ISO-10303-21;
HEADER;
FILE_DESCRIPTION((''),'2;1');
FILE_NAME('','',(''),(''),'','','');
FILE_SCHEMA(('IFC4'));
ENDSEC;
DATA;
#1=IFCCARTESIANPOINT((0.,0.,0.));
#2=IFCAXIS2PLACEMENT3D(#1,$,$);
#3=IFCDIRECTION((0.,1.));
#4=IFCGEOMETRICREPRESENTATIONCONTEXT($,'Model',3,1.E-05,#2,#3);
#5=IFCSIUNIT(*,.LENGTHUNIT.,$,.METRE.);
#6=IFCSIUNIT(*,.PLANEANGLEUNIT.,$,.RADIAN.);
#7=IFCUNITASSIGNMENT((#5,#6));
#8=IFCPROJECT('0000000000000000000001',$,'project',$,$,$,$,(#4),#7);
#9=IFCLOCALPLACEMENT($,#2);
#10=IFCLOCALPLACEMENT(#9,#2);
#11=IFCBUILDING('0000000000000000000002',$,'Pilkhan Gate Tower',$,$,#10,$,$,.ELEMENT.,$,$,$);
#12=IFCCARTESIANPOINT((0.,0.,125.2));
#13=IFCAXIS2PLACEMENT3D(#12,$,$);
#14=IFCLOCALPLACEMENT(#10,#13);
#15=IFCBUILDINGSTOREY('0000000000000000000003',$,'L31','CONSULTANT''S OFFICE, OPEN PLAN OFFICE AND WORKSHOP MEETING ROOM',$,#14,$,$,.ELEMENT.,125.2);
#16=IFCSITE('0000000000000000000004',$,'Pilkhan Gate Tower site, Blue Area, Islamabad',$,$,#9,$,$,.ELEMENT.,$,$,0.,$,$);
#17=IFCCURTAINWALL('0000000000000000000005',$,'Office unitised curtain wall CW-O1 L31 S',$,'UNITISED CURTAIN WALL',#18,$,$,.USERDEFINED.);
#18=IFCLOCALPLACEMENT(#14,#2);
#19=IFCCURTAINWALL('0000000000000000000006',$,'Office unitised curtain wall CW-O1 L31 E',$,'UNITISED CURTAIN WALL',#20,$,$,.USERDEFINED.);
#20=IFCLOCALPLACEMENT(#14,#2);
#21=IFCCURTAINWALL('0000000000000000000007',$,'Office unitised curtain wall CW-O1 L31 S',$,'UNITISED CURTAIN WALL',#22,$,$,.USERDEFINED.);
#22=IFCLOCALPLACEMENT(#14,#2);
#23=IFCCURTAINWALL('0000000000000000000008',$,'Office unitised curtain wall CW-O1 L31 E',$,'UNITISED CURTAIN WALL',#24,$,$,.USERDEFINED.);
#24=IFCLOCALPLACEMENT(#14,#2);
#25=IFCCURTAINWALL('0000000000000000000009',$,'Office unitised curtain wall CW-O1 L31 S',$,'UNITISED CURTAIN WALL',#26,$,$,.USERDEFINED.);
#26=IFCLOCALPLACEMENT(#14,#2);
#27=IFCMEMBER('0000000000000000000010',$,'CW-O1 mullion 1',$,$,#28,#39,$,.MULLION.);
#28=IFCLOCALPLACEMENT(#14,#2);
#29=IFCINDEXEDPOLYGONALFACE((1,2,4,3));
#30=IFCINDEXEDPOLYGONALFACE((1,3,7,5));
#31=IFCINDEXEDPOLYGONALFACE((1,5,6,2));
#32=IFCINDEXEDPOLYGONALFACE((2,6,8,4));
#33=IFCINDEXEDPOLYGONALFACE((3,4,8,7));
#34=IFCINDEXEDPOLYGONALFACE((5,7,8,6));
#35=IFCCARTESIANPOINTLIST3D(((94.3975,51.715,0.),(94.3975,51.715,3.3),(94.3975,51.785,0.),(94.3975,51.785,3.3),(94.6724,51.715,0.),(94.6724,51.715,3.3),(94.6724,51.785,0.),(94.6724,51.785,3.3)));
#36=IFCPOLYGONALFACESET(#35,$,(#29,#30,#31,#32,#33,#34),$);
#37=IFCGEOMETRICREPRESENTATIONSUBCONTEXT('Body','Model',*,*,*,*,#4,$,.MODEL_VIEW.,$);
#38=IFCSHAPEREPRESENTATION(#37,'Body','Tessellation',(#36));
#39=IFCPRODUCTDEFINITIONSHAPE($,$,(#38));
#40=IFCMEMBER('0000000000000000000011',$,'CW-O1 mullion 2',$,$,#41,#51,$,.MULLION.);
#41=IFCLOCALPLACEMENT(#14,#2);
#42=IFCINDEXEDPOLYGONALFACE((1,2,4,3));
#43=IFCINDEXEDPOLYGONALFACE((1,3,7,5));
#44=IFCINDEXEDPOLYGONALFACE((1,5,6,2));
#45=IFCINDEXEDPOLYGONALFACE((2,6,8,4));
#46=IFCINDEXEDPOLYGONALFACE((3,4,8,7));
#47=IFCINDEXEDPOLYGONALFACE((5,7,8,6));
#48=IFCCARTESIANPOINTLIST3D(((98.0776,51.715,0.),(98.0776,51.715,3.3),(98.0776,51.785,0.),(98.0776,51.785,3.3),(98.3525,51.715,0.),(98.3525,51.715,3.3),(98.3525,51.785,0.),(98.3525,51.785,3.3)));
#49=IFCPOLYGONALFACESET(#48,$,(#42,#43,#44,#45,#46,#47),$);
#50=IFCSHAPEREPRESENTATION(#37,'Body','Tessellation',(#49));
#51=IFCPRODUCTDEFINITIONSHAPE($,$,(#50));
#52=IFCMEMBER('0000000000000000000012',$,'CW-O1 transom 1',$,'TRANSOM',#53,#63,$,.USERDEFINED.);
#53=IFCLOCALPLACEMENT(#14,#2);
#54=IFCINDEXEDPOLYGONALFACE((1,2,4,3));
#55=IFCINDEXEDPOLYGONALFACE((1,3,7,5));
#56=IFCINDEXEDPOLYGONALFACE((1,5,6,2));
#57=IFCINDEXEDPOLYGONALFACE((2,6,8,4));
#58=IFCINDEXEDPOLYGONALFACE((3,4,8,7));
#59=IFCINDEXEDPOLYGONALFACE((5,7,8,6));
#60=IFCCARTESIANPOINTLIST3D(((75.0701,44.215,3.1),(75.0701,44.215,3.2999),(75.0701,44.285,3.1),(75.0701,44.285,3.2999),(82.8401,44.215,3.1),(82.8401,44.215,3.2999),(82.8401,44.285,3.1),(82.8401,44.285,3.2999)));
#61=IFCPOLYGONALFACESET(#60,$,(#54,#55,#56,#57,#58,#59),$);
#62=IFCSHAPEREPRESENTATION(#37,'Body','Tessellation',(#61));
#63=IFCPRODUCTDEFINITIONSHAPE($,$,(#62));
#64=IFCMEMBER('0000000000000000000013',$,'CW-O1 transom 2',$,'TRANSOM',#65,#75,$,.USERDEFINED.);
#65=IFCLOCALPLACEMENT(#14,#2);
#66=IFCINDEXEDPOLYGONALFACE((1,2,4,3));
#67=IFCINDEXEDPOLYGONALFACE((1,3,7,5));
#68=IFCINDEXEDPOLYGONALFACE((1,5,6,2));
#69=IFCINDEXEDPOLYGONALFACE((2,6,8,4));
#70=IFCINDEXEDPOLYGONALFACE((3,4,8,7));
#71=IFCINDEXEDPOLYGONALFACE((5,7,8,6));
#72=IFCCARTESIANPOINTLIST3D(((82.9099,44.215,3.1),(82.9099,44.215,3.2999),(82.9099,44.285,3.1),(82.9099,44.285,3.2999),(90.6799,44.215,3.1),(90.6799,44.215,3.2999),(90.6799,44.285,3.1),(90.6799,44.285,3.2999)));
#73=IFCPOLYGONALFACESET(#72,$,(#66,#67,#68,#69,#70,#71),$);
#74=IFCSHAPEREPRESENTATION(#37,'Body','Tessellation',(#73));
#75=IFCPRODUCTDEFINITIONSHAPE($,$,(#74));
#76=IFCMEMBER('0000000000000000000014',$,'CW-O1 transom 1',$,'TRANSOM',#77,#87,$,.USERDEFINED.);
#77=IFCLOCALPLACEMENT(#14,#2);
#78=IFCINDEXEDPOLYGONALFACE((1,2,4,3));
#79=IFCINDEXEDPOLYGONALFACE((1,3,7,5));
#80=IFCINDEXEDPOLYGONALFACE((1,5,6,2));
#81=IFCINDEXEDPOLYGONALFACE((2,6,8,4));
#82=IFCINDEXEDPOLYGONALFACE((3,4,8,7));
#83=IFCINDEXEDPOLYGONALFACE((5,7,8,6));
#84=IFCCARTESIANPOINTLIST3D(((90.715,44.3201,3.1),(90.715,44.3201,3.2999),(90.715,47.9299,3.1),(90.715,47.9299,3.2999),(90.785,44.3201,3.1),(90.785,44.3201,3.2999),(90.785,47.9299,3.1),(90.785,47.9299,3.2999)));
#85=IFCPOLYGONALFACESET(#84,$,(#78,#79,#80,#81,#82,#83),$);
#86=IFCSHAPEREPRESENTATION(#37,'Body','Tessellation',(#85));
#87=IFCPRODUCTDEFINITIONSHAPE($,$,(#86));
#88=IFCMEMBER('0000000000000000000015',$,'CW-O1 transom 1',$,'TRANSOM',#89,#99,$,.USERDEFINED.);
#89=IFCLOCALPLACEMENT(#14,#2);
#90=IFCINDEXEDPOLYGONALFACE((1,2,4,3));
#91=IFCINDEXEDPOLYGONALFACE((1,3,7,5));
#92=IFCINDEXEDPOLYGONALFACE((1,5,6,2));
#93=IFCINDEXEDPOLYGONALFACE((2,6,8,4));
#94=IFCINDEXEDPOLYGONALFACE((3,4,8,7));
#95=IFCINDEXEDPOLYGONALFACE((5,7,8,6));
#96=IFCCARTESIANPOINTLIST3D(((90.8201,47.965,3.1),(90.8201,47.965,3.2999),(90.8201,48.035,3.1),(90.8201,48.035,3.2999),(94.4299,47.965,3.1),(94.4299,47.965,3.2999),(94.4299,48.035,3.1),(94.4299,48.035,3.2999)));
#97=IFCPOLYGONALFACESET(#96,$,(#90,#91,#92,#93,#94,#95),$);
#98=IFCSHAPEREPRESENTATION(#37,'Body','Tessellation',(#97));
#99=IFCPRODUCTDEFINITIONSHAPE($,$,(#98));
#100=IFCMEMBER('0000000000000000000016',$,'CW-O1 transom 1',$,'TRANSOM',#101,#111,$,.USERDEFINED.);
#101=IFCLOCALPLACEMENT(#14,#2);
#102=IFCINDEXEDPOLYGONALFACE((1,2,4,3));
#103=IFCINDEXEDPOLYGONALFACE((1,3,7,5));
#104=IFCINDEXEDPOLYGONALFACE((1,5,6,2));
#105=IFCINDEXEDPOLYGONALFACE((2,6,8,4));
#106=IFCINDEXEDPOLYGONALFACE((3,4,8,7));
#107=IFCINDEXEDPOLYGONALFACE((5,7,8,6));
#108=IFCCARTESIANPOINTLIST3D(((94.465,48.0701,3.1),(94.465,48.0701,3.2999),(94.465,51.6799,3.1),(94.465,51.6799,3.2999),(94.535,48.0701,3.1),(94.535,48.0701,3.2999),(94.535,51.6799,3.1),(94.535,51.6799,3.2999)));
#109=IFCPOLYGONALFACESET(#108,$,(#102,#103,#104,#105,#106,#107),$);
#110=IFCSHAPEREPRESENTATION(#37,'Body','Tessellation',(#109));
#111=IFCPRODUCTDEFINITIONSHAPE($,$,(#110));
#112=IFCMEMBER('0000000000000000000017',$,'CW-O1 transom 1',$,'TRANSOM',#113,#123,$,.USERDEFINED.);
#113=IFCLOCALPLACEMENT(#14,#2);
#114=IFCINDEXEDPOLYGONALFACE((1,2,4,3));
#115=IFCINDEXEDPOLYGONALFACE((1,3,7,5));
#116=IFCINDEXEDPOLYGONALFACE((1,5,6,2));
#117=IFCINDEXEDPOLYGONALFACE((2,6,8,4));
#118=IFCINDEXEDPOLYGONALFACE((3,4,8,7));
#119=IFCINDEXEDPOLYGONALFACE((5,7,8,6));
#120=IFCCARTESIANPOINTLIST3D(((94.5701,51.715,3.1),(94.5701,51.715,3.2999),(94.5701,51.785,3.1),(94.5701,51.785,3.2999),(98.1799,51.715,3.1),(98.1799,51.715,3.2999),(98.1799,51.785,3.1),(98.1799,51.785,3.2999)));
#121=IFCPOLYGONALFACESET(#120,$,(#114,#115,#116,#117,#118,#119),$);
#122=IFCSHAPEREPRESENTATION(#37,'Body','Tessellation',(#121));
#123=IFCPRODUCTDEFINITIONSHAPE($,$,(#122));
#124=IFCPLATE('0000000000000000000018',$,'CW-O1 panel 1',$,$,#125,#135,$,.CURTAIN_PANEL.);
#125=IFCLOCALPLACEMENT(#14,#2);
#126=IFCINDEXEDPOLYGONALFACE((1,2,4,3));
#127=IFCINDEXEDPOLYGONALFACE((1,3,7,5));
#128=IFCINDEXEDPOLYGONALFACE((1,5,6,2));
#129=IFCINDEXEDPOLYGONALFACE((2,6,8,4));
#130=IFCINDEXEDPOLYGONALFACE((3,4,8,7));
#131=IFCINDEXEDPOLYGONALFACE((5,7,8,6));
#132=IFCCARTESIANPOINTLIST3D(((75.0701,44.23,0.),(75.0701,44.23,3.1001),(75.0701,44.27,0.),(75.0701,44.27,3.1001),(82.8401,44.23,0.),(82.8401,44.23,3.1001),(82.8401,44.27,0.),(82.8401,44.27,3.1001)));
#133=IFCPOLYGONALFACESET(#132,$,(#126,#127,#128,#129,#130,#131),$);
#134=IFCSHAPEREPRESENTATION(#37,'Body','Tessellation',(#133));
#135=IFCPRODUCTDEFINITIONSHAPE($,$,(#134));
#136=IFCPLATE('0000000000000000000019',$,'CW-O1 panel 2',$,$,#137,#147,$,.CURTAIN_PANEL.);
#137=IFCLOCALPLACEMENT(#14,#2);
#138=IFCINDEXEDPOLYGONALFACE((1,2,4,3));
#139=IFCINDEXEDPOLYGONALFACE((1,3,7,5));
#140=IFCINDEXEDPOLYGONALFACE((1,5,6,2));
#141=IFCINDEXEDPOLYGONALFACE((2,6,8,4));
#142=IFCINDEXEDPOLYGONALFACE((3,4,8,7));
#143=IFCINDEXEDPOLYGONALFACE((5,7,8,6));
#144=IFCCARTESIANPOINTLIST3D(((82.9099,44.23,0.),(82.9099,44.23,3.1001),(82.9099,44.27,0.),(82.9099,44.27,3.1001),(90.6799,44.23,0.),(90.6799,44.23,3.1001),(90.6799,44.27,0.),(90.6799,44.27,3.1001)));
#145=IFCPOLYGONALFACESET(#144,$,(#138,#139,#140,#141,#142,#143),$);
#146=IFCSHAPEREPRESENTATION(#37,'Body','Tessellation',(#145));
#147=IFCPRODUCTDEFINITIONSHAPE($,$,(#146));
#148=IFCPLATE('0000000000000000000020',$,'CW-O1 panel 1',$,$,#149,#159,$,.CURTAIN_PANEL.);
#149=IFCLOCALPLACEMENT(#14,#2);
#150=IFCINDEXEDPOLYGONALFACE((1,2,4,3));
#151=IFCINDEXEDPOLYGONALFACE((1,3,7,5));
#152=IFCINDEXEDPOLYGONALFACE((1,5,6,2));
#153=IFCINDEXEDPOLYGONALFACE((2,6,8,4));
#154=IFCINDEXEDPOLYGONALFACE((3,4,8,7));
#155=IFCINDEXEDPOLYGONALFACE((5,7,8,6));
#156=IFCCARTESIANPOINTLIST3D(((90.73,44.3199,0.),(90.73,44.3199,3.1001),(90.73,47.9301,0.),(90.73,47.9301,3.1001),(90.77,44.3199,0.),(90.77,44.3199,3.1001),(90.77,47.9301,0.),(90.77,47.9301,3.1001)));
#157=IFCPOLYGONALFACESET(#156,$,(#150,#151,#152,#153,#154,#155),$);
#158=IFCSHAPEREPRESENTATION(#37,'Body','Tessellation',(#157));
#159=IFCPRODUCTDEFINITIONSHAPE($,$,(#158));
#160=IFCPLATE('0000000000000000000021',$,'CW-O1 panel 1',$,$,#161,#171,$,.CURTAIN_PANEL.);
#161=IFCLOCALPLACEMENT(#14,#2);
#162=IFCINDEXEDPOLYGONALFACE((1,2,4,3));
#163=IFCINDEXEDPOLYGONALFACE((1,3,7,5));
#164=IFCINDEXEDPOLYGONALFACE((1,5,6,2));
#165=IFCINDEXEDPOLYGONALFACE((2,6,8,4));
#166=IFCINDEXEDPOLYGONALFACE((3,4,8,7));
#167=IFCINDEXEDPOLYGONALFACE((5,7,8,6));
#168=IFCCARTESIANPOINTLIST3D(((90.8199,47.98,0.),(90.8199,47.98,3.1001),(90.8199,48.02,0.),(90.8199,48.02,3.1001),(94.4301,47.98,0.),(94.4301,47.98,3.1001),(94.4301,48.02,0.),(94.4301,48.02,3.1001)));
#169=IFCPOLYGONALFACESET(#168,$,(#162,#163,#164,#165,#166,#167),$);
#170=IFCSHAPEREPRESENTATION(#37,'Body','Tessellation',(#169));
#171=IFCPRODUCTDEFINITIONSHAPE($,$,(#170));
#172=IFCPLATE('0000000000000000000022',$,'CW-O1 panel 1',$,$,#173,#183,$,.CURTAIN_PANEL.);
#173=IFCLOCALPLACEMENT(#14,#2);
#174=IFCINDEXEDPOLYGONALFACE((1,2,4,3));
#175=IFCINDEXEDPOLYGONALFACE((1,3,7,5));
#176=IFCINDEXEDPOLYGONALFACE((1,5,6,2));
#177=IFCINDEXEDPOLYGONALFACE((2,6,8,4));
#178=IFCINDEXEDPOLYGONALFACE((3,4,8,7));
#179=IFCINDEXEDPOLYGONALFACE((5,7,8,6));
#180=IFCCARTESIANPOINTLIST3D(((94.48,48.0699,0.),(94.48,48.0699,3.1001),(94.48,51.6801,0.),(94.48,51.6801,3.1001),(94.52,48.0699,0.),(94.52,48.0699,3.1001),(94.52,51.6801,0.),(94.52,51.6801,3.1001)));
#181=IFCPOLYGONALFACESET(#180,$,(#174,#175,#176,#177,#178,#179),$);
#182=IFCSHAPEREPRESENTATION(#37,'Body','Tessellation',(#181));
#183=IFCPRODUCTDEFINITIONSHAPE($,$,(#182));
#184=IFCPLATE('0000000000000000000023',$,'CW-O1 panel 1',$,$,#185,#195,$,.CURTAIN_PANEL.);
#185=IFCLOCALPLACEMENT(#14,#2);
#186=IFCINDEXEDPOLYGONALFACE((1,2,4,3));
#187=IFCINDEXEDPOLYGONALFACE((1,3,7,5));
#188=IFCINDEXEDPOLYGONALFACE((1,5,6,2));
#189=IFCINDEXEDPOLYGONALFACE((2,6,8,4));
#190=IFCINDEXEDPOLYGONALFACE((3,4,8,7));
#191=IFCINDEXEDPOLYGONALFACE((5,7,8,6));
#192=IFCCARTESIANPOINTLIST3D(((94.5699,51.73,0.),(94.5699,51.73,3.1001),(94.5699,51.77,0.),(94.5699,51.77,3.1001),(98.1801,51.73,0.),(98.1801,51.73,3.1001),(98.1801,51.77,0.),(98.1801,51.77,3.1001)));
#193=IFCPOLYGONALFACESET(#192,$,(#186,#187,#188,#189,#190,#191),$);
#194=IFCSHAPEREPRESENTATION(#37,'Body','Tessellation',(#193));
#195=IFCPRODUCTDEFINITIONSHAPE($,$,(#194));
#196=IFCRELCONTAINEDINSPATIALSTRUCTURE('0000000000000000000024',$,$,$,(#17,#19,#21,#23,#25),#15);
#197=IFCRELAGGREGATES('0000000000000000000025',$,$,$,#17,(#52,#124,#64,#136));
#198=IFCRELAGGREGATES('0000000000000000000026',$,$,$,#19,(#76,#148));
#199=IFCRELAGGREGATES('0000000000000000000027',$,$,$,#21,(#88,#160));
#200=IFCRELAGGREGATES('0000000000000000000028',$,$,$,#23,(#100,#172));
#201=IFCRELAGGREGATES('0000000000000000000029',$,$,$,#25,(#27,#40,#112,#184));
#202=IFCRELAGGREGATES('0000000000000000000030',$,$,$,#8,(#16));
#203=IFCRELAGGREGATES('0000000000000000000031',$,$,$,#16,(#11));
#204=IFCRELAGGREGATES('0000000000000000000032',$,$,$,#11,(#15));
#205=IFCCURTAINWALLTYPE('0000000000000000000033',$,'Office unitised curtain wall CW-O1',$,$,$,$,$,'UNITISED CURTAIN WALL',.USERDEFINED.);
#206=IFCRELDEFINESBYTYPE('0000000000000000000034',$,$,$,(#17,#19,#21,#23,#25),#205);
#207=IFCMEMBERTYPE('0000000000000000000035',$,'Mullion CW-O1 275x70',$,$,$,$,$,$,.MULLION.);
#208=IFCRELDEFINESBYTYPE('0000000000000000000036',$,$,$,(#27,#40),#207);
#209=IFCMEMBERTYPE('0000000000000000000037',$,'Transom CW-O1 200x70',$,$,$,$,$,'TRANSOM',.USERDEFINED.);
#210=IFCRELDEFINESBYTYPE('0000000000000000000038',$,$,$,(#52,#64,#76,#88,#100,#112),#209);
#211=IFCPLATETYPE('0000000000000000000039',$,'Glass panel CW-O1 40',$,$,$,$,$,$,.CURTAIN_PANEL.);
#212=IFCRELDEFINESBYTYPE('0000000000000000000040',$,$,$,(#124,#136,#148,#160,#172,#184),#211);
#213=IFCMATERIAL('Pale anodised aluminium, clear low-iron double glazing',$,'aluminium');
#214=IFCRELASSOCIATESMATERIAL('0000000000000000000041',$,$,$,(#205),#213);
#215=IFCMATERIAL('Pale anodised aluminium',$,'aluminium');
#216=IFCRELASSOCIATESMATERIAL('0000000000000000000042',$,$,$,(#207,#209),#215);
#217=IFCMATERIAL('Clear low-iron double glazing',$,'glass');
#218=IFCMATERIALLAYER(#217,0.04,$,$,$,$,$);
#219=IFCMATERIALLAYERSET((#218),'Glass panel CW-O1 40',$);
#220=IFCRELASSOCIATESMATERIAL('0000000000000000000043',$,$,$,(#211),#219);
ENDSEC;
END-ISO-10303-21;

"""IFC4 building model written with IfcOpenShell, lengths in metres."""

from ifc_helpers import new_model, si_unit, direction, frame, origin, origin_2d, place, context, subcontext, project, spatial, rectangle, extrude, material, layer, layer_set, material_profile, profile_set, type_object, element, aggregate, save


model = new_model("IFC4")

# Units and contexts
model_context = context("Model", 3, precision=1e-05, world=origin(), true_north=direction((0.0, 1.0)))
body_context = subcontext(model_context, "Body", "Model", "MODEL_VIEW")
ifc_project = project(units=[si_unit("LENGTHUNIT", "METRE"), si_unit("PLANEANGLEUNIT", "RADIAN")], contexts=[model_context])

# Site, building, storey
site_placement = place(None, origin())
site = spatial("IfcSite", under=ifc_project, at=site_placement, Name="Pilkhan Gate Tower site, Blue Area, Islamabad", CompositionType="ELEMENT", RefElevation=0.0)
building_placement = place(site_placement, origin())
building = spatial("IfcBuilding", under=site, at=building_placement, Name="Pilkhan Gate Tower", CompositionType="ELEMENT")
storey_placement = place(building_placement, frame((0.0, 0.0, 125.2)))
storey = spatial("IfcBuildingStorey", under=building, at=storey_placement, Name="L31", Description="CONSULTANT'S OFFICE, OPEN PLAN OFFICE AND WORKSHOP MEETING ROOM", CompositionType="ELEMENT", Elevation=125.2)

# Shared definitions
ifc_material_1 = material(Name="Pale anodised aluminium, clear low-iron double glazing", Category="aluminium")
curtain_wall_type = type_object("IfcCurtainWallType", Name="Office unitised curtain wall CW-O1", ElementType="UNITISED CURTAIN WALL", PredefinedType="USERDEFINED", material=ifc_material_1)
ifc_material_2 = material(Name="Pale anodised aluminium", Category="aluminium")
ifc_material_profile_1 = material_profile(ifc_material_2, rectangle(XDim=0.0701, YDim=0.2749, at=origin_2d()), Name="Mullion 275x70")
ifc_profile_set_1 = profile_set([ifc_material_profile_1], Name="Pale anodised aluminium")
member_type_1 = type_object("IfcMemberType", Name="Mullion CW-O1 275x70", PredefinedType="MULLION", material=ifc_profile_set_1)

# Curtain walls, members
curtain_wall_1_placement = place(storey_placement, origin())
curtain_wall_1 = element("IfcCurtainWall", 1, at=curtain_wall_1_placement, inside=storey, type_object=curtain_wall_type, Name="Office unitised curtain wall CW-O1 L31 S", ObjectType="UNITISED CURTAIN WALL", PredefinedType="USERDEFINED")
curtain_wall_2_placement = place(storey_placement, origin())
curtain_wall_2 = element("IfcCurtainWall", 2, at=curtain_wall_2_placement, inside=storey, type_object=curtain_wall_type, Name="Office unitised curtain wall CW-O1 L31 E", ObjectType="UNITISED CURTAIN WALL", PredefinedType="USERDEFINED")
curtain_wall_3_placement = place(storey_placement, origin())
curtain_wall_3 = element("IfcCurtainWall", 3, at=curtain_wall_3_placement, inside=storey, type_object=curtain_wall_type, Name="Office unitised curtain wall CW-O1 L31 S", ObjectType="UNITISED CURTAIN WALL", PredefinedType="USERDEFINED")
curtain_wall_4_placement = place(storey_placement, origin())
curtain_wall_4 = element("IfcCurtainWall", 4, at=curtain_wall_4_placement, inside=storey, type_object=curtain_wall_type, Name="Office unitised curtain wall CW-O1 L31 E", ObjectType="UNITISED CURTAIN WALL", PredefinedType="USERDEFINED")
curtain_wall_5_placement = place(storey_placement, origin())
curtain_wall_5 = element("IfcCurtainWall", 5, at=curtain_wall_5_placement, inside=storey, type_object=curtain_wall_type, Name="Office unitised curtain wall CW-O1 L31 S", ObjectType="UNITISED CURTAIN WALL", PredefinedType="USERDEFINED")
member_1_placement = place(storey_placement, frame((94.5349, 51.75, 0.0), z_axis=(0.0, 0.0, 1.0), x_axis=(0.0, 1.0, 0.0)))
member_1 = element("IfcMember", 6, at=member_1_placement, type_object=member_type_1, Name="CW-O1 mullion 1", PredefinedType="MULLION", context=body_context, shape_type="SweptSolid", body=[
    extrude(rectangle(XDim=0.0701, YDim=0.2749, at=origin_2d()), origin(), (0.0, 0.0, 1.0), 3.3),
])
member_2_placement = place(storey_placement, frame((98.2151, 51.75, 0.0), z_axis=(0.0, 0.0, 1.0), x_axis=(0.0, 1.0, 0.0)))
member_2 = element("IfcMember", 7, at=member_2_placement, type_object=member_type_1, Name="CW-O1 mullion 2", PredefinedType="MULLION", context=body_context, shape_type="SweptSolid", body=[
    extrude(rectangle(XDim=0.0701, YDim=0.2749, at=origin_2d()), origin(), (0.0, 0.0, 1.0), 3.3),
])

# Members
ifc_material_profile_2 = material_profile(ifc_material_2, rectangle(XDim=0.0701, YDim=0.2, at=origin_2d()), Name="Transom 200x70")
ifc_profile_set_2 = profile_set([ifc_material_profile_2], Name="Pale anodised aluminium")
member_type_2 = type_object("IfcMemberType", Name="Transom CW-O1 200x70", ElementType="TRANSOM", PredefinedType="USERDEFINED", material=ifc_profile_set_2)
member_3_placement = place(storey_placement, frame((75.0701, 44.25, 3.2), z_axis=(1.0, 0.0, 0.0), x_axis=(0.0, 1.0, 0.0)))
member_3 = element("IfcMember", 8, at=member_3_placement, type_object=member_type_2, Name="CW-O1 transom 1", ObjectType="TRANSOM", PredefinedType="USERDEFINED", context=body_context, shape_type="SweptSolid", body=[
    extrude(rectangle(XDim=0.0701, YDim=0.2, at=origin_2d()), origin(), (0.0, 0.0, 1.0), 7.77),
])
member_4_placement = place(storey_placement, frame((82.9099, 44.25, 3.2), z_axis=(1.0, 0.0, 0.0), x_axis=(0.0, 1.0, 0.0)))
member_4 = element("IfcMember", 9, at=member_4_placement, type_object=member_type_2, Name="CW-O1 transom 2", ObjectType="TRANSOM", PredefinedType="USERDEFINED", context=body_context, shape_type="SweptSolid", body=[
    extrude(rectangle(XDim=0.0701, YDim=0.2, at=origin_2d()), origin(), (0.0, 0.0, 1.0), 7.77),
])
member_5_placement = place(storey_placement, frame((90.75, 44.3201, 3.2), z_axis=(0.0, 1.0, 0.0), x_axis=(-1.0, 0.0, 0.0)))
member_5 = element("IfcMember", 10, at=member_5_placement, type_object=member_type_2, Name="CW-O1 transom 1", ObjectType="TRANSOM", PredefinedType="USERDEFINED", context=body_context, shape_type="SweptSolid", body=[
    extrude(rectangle(XDim=0.0701, YDim=0.2, at=origin_2d()), origin(), (0.0, 0.0, 1.0), 3.6099),
])
member_6_placement = place(storey_placement, frame((90.8201, 48.0, 3.2), z_axis=(1.0, 0.0, 0.0), x_axis=(0.0, 1.0, 0.0)))
member_6 = element("IfcMember", 11, at=member_6_placement, type_object=member_type_2, Name="CW-O1 transom 1", ObjectType="TRANSOM", PredefinedType="USERDEFINED", context=body_context, shape_type="SweptSolid", body=[
    extrude(rectangle(XDim=0.0701, YDim=0.2, at=origin_2d()), origin(), (0.0, 0.0, 1.0), 3.6099),
])
member_7_placement = place(storey_placement, frame((94.5, 48.0701, 3.2), z_axis=(0.0, 1.0, 0.0), x_axis=(-1.0, 0.0, 0.0)))
member_7 = element("IfcMember", 12, at=member_7_placement, type_object=member_type_2, Name="CW-O1 transom 1", ObjectType="TRANSOM", PredefinedType="USERDEFINED", context=body_context, shape_type="SweptSolid", body=[
    extrude(rectangle(XDim=0.0701, YDim=0.2, at=origin_2d()), origin(), (0.0, 0.0, 1.0), 3.6099),
])
member_8_placement = place(storey_placement, frame((94.5701, 51.75, 3.2), z_axis=(1.0, 0.0, 0.0), x_axis=(0.0, 1.0, 0.0)))
member_8 = element("IfcMember", 13, at=member_8_placement, type_object=member_type_2, Name="CW-O1 transom 1", ObjectType="TRANSOM", PredefinedType="USERDEFINED", context=body_context, shape_type="SweptSolid", body=[
    extrude(rectangle(XDim=0.0701, YDim=0.2, at=origin_2d()), origin(), (0.0, 0.0, 1.0), 3.6099),
])

# Plates
ifc_material_3 = material(Name="Clear low-iron double glazing", Category="glass")
ifc_layer_1 = layer(ifc_material_3, 0.04)
ifc_layer_set_1 = layer_set([ifc_layer_1], Name="Glass panel CW-O1 40")
plate_type = type_object("IfcPlateType", Name="Glass panel CW-O1 40", PredefinedType="CURTAIN_PANEL", material=ifc_layer_set_1)
plate_1_placement = place(storey_placement, frame((78.9551, 44.25, 0.0), z_axis=(0.0, 0.0, 1.0), x_axis=(1.0, 0.0, 0.0)))
plate_1 = element("IfcPlate", 14, at=plate_1_placement, type_object=plate_type, Name="CW-O1 panel 1", PredefinedType="CURTAIN_PANEL", context=body_context, shape_type="SweptSolid", body=[
    extrude(rectangle(XDim=7.77, YDim=0.04, at=origin_2d()), origin(), (0.0, 0.0, 1.0), 3.1001),
])
plate_2_placement = place(storey_placement, frame((86.7949, 44.25, 0.0), z_axis=(0.0, 0.0, 1.0), x_axis=(1.0, 0.0, 0.0)))
plate_2 = element("IfcPlate", 15, at=plate_2_placement, type_object=plate_type, Name="CW-O1 panel 2", PredefinedType="CURTAIN_PANEL", context=body_context, shape_type="SweptSolid", body=[
    extrude(rectangle(XDim=7.77, YDim=0.04, at=origin_2d()), origin(), (0.0, 0.0, 1.0), 3.1001),
])
aggregate(curtain_wall_1, [member_3, plate_1, member_4, plate_2])
plate_3_placement = place(storey_placement, frame((90.75, 46.125, 0.0), z_axis=(0.0, 0.0, 1.0), x_axis=(0.0, 1.0, 0.0)))
plate_3 = element("IfcPlate", 16, at=plate_3_placement, type_object=plate_type, Name="CW-O1 panel 1", PredefinedType="CURTAIN_PANEL", context=body_context, shape_type="SweptSolid", body=[
    extrude(rectangle(XDim=3.6101, YDim=0.04, at=origin_2d()), origin(), (0.0, 0.0, 1.0), 3.1001),
])
aggregate(curtain_wall_2, [member_5, plate_3])
plate_4_placement = place(storey_placement, frame((92.625, 48.0, 0.0), z_axis=(0.0, 0.0, 1.0), x_axis=(1.0, 0.0, 0.0)))
plate_4 = element("IfcPlate", 17, at=plate_4_placement, type_object=plate_type, Name="CW-O1 panel 1", PredefinedType="CURTAIN_PANEL", context=body_context, shape_type="SweptSolid", body=[
    extrude(rectangle(XDim=3.6101, YDim=0.04, at=origin_2d()), origin(), (0.0, 0.0, 1.0), 3.1001),
])
aggregate(curtain_wall_3, [member_6, plate_4])
plate_5_placement = place(storey_placement, frame((94.5, 49.875, 0.0), z_axis=(0.0, 0.0, 1.0), x_axis=(0.0, 1.0, 0.0)))
plate_5 = element("IfcPlate", 18, at=plate_5_placement, type_object=plate_type, Name="CW-O1 panel 1", PredefinedType="CURTAIN_PANEL", context=body_context, shape_type="SweptSolid", body=[
    extrude(rectangle(XDim=3.6101, YDim=0.04, at=origin_2d()), origin(), (0.0, 0.0, 1.0), 3.1001),
])
aggregate(curtain_wall_4, [member_7, plate_5])
plate_6_placement = place(storey_placement, frame((96.375, 51.75, 0.0), z_axis=(0.0, 0.0, 1.0), x_axis=(1.0, 0.0, 0.0)))
plate_6 = element("IfcPlate", 19, at=plate_6_placement, type_object=plate_type, Name="CW-O1 panel 1", PredefinedType="CURTAIN_PANEL", context=body_context, shape_type="SweptSolid", body=[
    extrude(rectangle(XDim=3.6101, YDim=0.04, at=origin_2d()), origin(), (0.0, 0.0, 1.0), 3.1001),
])
aggregate(curtain_wall_5, [member_1, member_2, member_8, plate_6])

save(model, "model.ifc")
